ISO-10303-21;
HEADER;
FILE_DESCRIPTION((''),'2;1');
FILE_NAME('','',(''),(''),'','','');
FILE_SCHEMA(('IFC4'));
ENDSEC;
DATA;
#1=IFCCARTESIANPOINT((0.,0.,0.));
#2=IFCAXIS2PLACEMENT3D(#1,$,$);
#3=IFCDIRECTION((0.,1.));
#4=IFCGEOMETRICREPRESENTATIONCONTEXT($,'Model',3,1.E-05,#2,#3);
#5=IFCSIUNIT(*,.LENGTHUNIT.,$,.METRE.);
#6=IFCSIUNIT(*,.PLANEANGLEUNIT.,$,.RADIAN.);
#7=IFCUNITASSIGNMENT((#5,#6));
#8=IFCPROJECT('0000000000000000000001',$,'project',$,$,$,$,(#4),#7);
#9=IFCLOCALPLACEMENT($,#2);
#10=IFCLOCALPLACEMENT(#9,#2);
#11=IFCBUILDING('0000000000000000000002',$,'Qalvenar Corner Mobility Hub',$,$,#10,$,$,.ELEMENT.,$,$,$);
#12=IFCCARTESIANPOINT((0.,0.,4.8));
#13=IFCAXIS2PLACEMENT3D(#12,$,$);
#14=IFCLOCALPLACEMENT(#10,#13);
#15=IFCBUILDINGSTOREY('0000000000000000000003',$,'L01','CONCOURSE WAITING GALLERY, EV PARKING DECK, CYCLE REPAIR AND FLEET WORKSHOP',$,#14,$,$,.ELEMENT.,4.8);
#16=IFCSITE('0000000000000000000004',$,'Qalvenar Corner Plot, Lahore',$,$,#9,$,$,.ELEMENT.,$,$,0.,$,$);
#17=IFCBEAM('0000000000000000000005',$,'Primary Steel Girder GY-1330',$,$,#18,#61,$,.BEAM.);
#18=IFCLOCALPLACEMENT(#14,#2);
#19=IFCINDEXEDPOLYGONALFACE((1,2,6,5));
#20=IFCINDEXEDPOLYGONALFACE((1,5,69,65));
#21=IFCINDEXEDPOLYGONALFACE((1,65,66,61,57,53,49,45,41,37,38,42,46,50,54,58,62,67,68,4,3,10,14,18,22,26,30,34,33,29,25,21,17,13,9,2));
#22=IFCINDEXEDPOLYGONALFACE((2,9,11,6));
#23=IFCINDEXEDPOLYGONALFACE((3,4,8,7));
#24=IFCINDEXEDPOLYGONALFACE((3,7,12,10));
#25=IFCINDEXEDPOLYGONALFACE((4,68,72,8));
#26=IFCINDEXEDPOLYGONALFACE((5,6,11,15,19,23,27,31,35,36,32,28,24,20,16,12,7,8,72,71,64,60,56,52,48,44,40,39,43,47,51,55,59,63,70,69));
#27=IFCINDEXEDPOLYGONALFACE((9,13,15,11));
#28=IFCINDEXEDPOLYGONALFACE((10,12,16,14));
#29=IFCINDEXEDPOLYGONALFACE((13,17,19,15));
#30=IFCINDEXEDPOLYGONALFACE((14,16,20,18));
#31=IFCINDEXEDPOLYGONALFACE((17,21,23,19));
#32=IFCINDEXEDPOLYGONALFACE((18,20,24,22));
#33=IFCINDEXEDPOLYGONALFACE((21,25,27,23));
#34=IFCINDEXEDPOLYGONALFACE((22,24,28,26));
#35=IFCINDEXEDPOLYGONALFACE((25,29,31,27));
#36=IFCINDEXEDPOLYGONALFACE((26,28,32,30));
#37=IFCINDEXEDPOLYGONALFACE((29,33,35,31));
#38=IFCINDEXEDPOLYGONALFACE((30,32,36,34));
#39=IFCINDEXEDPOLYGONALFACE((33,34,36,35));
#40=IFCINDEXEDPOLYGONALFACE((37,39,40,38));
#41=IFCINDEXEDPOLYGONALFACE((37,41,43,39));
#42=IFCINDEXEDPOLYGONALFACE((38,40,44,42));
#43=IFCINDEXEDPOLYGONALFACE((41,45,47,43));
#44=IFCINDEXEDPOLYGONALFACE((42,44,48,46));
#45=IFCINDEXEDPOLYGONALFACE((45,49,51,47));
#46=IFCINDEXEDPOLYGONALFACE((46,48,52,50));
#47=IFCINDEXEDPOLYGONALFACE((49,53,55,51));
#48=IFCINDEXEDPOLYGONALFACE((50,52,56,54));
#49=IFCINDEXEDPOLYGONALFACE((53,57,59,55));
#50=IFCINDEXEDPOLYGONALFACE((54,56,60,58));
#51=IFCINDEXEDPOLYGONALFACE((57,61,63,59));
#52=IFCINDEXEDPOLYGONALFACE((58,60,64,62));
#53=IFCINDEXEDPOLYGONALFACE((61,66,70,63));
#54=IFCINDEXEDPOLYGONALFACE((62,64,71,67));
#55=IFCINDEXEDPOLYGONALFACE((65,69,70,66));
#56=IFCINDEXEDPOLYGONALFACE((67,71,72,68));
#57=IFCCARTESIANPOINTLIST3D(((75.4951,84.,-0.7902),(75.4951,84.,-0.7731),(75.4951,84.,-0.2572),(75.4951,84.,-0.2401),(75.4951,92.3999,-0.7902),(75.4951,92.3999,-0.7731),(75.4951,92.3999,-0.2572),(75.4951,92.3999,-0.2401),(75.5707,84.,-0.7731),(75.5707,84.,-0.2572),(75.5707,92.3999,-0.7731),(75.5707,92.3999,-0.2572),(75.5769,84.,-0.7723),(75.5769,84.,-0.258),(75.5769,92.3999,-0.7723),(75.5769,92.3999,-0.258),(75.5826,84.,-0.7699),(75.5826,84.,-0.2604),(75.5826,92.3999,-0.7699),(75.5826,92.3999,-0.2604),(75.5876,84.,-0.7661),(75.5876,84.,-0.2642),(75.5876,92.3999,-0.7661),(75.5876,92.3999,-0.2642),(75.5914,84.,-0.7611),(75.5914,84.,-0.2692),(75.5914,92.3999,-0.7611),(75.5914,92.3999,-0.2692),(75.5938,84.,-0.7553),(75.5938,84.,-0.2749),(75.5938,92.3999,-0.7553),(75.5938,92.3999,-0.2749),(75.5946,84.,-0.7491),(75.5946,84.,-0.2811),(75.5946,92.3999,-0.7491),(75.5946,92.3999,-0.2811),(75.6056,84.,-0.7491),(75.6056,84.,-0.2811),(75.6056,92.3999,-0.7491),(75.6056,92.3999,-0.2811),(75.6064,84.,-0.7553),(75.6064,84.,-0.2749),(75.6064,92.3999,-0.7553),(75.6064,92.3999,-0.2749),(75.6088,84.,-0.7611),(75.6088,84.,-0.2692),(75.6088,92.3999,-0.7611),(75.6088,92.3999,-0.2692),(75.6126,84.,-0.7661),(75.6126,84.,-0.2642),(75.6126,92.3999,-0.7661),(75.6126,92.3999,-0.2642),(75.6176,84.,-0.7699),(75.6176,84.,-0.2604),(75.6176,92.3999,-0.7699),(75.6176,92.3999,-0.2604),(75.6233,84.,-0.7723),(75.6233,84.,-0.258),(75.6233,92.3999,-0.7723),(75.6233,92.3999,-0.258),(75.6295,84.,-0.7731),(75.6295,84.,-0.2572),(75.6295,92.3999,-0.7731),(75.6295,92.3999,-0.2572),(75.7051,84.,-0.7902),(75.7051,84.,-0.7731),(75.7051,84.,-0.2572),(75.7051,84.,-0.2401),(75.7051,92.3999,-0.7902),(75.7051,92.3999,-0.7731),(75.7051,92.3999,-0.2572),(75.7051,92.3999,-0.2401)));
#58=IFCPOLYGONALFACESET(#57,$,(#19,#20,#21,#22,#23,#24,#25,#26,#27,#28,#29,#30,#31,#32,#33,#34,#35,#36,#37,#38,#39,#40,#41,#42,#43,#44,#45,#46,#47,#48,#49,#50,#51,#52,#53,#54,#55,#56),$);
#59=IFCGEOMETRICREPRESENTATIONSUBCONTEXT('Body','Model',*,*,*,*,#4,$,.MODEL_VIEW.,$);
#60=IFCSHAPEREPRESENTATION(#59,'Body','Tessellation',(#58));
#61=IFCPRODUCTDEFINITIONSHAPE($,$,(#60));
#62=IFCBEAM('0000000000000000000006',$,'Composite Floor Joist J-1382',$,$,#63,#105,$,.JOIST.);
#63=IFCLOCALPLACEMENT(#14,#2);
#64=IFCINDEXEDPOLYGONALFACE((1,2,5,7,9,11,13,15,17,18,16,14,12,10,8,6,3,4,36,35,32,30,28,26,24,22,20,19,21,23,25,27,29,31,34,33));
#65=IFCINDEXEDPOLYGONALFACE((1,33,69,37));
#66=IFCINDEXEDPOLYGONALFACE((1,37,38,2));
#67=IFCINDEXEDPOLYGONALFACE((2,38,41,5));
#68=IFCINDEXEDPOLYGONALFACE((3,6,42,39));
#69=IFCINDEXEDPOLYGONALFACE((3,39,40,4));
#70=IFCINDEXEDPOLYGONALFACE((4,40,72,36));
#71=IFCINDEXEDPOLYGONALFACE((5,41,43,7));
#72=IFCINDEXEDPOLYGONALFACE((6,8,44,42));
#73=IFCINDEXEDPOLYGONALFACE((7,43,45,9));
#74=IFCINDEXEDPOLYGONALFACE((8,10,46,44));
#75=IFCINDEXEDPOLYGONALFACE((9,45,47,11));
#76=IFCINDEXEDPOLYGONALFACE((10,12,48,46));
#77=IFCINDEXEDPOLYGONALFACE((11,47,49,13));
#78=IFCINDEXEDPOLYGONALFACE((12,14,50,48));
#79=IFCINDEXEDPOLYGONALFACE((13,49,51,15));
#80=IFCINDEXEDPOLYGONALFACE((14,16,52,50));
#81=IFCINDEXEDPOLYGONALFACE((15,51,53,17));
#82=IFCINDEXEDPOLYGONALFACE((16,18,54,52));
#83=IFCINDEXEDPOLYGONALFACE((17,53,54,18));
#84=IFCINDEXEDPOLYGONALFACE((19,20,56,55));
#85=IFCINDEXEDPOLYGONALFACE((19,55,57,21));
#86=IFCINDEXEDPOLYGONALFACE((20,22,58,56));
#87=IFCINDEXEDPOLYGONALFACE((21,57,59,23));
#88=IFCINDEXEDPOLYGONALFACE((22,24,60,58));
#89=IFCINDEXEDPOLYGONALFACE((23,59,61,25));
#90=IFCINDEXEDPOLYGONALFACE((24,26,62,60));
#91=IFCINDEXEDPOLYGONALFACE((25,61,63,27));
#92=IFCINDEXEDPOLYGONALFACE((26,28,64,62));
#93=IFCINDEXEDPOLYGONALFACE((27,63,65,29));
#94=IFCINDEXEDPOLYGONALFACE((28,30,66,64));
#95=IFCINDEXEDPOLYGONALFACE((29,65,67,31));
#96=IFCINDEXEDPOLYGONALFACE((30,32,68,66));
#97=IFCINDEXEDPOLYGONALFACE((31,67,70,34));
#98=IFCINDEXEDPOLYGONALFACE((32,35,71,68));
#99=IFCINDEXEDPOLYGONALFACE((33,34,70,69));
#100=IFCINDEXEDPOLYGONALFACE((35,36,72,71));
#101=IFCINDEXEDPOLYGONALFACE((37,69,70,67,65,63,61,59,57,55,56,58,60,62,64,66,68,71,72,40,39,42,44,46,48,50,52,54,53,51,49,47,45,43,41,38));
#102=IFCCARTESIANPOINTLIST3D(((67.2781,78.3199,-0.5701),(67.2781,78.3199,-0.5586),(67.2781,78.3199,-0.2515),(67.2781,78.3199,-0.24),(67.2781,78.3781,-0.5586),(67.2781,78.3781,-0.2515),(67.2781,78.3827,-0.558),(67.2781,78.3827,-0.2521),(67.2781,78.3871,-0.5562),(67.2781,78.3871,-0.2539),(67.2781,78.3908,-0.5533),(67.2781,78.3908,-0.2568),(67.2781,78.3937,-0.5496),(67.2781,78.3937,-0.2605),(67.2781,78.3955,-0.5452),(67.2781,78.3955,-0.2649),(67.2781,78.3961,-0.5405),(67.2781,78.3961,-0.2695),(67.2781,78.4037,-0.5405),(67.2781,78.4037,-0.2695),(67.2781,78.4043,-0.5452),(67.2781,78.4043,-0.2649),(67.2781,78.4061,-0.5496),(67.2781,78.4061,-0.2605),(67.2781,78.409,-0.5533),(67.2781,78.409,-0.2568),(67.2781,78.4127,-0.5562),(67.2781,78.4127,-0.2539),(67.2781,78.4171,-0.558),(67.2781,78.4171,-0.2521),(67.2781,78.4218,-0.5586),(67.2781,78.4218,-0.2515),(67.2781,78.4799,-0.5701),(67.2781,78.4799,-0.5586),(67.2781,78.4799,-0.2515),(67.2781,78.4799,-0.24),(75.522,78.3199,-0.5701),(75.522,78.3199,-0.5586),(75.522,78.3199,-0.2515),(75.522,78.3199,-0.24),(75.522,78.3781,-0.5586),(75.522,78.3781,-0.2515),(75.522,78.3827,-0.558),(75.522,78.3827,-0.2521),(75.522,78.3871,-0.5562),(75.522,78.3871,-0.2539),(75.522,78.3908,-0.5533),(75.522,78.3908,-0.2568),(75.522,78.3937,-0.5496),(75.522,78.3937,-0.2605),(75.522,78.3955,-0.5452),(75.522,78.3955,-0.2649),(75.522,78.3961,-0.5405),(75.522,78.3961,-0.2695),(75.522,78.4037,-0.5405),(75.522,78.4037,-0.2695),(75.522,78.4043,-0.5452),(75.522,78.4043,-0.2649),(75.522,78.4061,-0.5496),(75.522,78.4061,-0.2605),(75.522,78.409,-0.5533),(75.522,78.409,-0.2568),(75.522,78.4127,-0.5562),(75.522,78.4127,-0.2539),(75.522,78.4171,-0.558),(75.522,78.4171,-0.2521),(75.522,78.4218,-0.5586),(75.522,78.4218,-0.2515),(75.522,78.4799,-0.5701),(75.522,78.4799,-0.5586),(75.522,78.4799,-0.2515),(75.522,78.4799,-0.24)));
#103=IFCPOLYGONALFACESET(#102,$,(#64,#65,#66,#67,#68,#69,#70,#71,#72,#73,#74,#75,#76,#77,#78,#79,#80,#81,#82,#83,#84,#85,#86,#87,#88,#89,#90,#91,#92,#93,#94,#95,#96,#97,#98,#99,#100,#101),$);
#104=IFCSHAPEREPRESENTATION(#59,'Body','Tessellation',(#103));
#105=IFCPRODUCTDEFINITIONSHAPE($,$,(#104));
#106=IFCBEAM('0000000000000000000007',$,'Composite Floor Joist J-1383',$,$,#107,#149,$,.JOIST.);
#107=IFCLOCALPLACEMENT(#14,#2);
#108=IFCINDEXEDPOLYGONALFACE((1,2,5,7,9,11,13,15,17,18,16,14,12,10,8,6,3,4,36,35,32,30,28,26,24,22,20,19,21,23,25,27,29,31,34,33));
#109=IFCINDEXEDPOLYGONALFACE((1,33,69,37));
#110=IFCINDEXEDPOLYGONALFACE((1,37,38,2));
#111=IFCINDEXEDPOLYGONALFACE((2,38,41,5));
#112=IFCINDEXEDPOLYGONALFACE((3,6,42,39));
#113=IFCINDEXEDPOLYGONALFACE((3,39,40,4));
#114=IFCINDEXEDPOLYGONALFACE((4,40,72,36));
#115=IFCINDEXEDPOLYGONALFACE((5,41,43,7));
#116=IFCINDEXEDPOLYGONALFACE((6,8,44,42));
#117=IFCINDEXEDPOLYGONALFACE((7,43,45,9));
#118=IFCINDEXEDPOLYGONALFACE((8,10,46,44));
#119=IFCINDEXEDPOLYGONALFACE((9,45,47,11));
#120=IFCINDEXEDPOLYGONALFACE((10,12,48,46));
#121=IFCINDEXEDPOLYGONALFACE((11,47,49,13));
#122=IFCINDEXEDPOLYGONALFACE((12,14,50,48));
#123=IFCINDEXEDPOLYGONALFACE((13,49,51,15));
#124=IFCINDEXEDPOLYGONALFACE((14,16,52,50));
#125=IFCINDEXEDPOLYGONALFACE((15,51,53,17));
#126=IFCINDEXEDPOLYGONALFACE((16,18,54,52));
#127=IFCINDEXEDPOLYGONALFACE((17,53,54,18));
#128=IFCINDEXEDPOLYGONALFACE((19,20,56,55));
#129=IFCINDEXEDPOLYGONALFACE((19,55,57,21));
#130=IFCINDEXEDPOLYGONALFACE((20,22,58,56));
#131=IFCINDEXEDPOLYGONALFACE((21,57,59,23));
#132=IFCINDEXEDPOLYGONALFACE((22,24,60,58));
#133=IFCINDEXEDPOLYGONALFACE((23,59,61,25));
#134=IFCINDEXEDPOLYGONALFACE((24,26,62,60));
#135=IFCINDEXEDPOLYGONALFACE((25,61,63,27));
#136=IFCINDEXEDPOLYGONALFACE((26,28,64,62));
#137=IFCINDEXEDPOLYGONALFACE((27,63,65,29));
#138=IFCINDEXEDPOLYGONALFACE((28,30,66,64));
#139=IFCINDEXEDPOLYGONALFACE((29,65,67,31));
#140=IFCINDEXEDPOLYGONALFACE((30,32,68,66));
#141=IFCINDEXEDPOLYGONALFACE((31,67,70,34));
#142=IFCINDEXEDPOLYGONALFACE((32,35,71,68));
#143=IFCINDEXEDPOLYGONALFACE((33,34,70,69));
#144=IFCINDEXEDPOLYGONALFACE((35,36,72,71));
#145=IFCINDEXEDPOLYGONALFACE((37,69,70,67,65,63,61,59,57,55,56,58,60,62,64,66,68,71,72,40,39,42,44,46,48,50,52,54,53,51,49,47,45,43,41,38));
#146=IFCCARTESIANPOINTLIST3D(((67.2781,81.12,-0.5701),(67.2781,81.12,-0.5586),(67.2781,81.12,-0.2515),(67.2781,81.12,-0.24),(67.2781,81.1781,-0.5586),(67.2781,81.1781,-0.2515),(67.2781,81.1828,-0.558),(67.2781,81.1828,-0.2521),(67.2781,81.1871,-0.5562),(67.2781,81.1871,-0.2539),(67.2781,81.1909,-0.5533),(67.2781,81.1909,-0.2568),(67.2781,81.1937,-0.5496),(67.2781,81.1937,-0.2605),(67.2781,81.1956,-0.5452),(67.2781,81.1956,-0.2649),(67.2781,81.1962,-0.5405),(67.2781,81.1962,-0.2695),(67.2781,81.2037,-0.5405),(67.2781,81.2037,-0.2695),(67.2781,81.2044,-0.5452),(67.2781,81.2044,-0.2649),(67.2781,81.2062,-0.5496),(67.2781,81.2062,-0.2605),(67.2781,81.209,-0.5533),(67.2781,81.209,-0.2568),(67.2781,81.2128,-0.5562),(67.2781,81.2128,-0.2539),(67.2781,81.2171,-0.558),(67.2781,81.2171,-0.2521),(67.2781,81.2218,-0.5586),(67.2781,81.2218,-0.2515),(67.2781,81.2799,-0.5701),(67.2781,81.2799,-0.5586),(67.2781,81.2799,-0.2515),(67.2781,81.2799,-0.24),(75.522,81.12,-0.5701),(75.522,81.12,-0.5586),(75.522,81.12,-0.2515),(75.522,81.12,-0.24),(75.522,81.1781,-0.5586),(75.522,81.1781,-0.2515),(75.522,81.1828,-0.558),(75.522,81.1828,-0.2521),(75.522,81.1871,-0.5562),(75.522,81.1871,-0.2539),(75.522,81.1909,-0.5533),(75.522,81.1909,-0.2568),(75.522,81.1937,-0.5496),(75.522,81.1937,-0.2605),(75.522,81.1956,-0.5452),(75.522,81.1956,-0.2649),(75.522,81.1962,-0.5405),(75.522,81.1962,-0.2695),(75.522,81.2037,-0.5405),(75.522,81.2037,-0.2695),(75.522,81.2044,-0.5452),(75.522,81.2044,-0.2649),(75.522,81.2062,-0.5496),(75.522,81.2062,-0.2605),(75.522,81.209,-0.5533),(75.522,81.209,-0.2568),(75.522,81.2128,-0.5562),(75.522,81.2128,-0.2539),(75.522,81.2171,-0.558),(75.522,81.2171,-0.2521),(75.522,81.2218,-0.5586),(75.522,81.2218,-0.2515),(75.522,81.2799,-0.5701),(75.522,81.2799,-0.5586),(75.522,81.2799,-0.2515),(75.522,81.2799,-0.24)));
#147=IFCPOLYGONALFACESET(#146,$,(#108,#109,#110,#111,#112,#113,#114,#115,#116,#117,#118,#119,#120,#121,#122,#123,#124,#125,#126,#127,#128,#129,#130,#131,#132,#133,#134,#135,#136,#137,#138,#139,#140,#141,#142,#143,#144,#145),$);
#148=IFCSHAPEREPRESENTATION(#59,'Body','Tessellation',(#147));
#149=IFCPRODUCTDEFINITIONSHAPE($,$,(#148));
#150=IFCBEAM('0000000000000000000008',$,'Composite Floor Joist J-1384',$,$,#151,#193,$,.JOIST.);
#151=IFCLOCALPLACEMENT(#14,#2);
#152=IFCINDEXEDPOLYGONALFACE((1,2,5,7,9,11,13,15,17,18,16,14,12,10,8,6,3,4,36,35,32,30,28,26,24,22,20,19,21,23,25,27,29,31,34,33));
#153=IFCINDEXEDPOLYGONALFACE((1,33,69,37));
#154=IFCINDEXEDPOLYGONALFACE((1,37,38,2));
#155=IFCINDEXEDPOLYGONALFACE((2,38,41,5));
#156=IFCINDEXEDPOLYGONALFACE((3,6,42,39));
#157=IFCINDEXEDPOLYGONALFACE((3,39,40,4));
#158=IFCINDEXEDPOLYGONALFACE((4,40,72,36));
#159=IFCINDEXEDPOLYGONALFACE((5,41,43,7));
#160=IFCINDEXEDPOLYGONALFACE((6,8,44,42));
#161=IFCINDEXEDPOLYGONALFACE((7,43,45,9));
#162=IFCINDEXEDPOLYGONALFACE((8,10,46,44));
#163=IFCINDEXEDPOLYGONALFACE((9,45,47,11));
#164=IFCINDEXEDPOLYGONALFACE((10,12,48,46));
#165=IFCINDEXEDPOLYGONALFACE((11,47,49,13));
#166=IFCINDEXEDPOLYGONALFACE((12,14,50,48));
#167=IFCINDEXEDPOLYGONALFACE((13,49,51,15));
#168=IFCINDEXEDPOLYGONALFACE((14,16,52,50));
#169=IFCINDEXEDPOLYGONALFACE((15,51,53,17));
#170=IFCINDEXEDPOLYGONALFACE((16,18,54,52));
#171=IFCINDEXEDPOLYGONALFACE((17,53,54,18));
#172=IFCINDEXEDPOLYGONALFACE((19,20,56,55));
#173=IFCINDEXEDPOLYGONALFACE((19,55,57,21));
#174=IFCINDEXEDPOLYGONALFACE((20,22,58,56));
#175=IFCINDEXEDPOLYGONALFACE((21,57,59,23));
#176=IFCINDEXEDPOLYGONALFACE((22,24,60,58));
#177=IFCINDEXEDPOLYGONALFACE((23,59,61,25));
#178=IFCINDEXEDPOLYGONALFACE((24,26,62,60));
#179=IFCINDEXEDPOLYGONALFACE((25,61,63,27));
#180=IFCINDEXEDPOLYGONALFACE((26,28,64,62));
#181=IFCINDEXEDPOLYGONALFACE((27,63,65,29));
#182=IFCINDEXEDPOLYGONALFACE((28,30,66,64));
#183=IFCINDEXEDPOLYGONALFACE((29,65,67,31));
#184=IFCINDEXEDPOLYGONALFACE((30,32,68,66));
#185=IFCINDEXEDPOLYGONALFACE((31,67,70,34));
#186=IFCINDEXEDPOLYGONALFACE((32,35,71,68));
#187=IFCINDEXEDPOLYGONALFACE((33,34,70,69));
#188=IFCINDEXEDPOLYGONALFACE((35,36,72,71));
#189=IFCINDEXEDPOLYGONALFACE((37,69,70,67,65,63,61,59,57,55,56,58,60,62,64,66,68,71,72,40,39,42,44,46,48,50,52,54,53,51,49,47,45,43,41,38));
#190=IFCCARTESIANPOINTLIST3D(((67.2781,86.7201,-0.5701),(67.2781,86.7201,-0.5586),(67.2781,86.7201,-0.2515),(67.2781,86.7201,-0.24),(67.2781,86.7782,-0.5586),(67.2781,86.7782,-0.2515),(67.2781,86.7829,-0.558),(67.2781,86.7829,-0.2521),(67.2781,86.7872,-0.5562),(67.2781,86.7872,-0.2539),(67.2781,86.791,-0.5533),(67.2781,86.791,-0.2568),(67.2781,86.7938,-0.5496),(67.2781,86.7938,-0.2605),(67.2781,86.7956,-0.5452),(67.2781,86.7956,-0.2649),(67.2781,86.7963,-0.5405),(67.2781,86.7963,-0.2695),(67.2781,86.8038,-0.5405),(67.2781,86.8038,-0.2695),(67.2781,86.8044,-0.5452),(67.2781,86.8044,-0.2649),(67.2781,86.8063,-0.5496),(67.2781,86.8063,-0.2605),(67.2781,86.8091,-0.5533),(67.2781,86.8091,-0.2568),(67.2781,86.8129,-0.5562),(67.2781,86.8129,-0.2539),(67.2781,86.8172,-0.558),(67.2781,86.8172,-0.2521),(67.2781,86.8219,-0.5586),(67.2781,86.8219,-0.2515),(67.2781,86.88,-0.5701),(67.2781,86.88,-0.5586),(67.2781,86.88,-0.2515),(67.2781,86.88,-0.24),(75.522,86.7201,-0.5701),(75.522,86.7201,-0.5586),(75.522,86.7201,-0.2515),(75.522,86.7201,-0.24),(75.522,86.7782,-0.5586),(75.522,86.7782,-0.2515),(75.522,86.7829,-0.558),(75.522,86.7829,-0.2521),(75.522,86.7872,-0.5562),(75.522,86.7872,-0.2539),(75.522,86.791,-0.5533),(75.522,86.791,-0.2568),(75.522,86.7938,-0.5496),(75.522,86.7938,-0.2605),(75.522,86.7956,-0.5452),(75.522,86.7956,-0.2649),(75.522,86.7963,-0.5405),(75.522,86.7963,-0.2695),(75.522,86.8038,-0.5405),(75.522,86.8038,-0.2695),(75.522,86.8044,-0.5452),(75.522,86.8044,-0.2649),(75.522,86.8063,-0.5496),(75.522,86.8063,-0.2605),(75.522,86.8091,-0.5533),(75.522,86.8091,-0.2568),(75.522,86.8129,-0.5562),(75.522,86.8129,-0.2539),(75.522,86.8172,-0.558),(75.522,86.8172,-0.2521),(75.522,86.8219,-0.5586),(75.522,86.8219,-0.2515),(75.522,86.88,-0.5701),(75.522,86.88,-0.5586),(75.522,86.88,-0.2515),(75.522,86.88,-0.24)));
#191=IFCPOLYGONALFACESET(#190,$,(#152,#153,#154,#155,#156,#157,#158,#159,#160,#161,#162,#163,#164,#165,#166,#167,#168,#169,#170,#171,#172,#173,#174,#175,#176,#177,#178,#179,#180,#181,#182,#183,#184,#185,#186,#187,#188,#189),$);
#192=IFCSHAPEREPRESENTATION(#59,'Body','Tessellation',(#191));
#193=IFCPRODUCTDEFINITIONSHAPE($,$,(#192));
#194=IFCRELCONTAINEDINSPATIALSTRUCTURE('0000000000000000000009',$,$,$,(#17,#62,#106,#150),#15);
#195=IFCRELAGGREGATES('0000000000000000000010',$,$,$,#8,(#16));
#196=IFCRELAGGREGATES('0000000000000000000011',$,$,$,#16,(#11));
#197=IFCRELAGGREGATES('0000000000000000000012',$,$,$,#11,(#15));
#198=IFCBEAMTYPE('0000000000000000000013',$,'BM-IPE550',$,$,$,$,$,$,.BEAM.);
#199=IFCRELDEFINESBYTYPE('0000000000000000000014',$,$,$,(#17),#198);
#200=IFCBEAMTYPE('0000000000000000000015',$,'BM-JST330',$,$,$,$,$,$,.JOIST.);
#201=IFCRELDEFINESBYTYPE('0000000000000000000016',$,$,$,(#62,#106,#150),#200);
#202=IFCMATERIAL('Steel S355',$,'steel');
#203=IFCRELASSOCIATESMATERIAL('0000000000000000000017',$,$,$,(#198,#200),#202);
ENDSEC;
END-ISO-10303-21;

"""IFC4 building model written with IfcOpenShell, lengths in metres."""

from ifc_helpers import new_model, si_unit, direction, frame, origin, origin_2d, place, context, subcontext, project, spatial, i_section, extrude, material, material_profile, profile_set, type_object, element, save


model = new_model("IFC4")

# Units and contexts
model_context = context("Model", 3, precision=1e-05, world=origin(), true_north=direction((0.0, 1.0)))
body_context = subcontext(model_context, "Body", "Model", "MODEL_VIEW")
ifc_project = project(units=[si_unit("LENGTHUNIT", "METRE"), si_unit("PLANEANGLEUNIT", "RADIAN")], contexts=[model_context])

# Site, building, storey
site_placement = place(None, origin())
site = spatial("IfcSite", under=ifc_project, at=site_placement, Name="Qalvenar Corner Plot, Lahore", CompositionType="ELEMENT", RefElevation=0.0)
building_placement = place(site_placement, origin())
building = spatial("IfcBuilding", under=site, at=building_placement, Name="Qalvenar Corner Mobility Hub", CompositionType="ELEMENT")
storey_placement = place(building_placement, frame((0.0, 0.0, 4.8)))
storey = spatial("IfcBuildingStorey", under=building, at=storey_placement, Name="L01", Description="CONCOURSE WAITING GALLERY, EV PARKING DECK, CYCLE REPAIR AND FLEET WORKSHOP", CompositionType="ELEMENT", Elevation=4.8)

# Shared definitions
ifc_material_1 = material(Name="Steel S355", Category="steel")

# Beams
ifc_material_profile_1 = material_profile(ifc_material_1, i_section(OverallWidth=0.21, OverallDepth=0.55, WebThickness=0.011, FlangeThickness=0.0171, FilletRadius=0.0239, at=origin_2d()), Name="IPE550")
ifc_profile_set_1 = profile_set([ifc_material_profile_1], Name="Steel S355")
beam_type_1 = type_object("IfcBeamType", Name="BM-IPE550", PredefinedType="BEAM", material=ifc_profile_set_1)
beam_1_placement = place(storey_placement, frame((75.6001, 84.0, -0.5151), z_axis=(0.0, 1.0, 0.0), x_axis=(-1.0, 0.0, 0.0)))
element("IfcBeam", 1, at=beam_1_placement, inside=storey, type_object=beam_type_1, Name="Primary Steel Girder GY-1330", PredefinedType="BEAM", context=body_context, shape_type="SweptSolid", body=[
    extrude(i_section(OverallWidth=0.21, OverallDepth=0.55, WebThickness=0.011, FlangeThickness=0.0171, FilletRadius=0.0239, at=origin_2d()), origin(), (0.0, 0.0, 1.0), 8.3999),
])
ifc_material_profile_2 = material_profile(ifc_material_1, i_section(OverallWidth=0.1599, OverallDepth=0.3301, WebThickness=0.0076, FlangeThickness=0.0115, FilletRadius=0.0181, at=origin_2d()), Name="IPE330")
ifc_profile_set_2 = profile_set([ifc_material_profile_2], Name="Steel S355")
beam_type_2 = type_object("IfcBeamType", Name="BM-JST330", PredefinedType="JOIST", material=ifc_profile_set_2)
for number, where, z_axis, x_axis, name in (
    (2, (67.2781, 78.3999, -0.405), (1.0, 0.0, 0.0), (0.0, 1.0, 0.0), "Composite Floor Joist J-1382"),
    (3, (67.2781, 81.2, -0.405), (1.0, 0.0, 0.0), (0.0, 1.0, 0.0), "Composite Floor Joist J-1383"),
    (4, (67.2781, 86.8, -0.405), (1.0, 0.0, 0.0), (0.0, 1.0, 0.0), "Composite Floor Joist J-1384"),
):
    element("IfcBeam", number, at=place(storey_placement, frame(where, z_axis=z_axis, x_axis=x_axis)), inside=storey, type_object=beam_type_2, Name=name, PredefinedType="JOIST", context=body_context, shape_type="SweptSolid", body=[
        extrude(i_section(OverallWidth=0.1599, OverallDepth=0.3301, WebThickness=0.0076, FlangeThickness=0.0115, FilletRadius=0.0181, at=origin_2d()), origin(), (0.0, 0.0, 1.0), 8.2439),
    ])

save(model, "model.ifc")
